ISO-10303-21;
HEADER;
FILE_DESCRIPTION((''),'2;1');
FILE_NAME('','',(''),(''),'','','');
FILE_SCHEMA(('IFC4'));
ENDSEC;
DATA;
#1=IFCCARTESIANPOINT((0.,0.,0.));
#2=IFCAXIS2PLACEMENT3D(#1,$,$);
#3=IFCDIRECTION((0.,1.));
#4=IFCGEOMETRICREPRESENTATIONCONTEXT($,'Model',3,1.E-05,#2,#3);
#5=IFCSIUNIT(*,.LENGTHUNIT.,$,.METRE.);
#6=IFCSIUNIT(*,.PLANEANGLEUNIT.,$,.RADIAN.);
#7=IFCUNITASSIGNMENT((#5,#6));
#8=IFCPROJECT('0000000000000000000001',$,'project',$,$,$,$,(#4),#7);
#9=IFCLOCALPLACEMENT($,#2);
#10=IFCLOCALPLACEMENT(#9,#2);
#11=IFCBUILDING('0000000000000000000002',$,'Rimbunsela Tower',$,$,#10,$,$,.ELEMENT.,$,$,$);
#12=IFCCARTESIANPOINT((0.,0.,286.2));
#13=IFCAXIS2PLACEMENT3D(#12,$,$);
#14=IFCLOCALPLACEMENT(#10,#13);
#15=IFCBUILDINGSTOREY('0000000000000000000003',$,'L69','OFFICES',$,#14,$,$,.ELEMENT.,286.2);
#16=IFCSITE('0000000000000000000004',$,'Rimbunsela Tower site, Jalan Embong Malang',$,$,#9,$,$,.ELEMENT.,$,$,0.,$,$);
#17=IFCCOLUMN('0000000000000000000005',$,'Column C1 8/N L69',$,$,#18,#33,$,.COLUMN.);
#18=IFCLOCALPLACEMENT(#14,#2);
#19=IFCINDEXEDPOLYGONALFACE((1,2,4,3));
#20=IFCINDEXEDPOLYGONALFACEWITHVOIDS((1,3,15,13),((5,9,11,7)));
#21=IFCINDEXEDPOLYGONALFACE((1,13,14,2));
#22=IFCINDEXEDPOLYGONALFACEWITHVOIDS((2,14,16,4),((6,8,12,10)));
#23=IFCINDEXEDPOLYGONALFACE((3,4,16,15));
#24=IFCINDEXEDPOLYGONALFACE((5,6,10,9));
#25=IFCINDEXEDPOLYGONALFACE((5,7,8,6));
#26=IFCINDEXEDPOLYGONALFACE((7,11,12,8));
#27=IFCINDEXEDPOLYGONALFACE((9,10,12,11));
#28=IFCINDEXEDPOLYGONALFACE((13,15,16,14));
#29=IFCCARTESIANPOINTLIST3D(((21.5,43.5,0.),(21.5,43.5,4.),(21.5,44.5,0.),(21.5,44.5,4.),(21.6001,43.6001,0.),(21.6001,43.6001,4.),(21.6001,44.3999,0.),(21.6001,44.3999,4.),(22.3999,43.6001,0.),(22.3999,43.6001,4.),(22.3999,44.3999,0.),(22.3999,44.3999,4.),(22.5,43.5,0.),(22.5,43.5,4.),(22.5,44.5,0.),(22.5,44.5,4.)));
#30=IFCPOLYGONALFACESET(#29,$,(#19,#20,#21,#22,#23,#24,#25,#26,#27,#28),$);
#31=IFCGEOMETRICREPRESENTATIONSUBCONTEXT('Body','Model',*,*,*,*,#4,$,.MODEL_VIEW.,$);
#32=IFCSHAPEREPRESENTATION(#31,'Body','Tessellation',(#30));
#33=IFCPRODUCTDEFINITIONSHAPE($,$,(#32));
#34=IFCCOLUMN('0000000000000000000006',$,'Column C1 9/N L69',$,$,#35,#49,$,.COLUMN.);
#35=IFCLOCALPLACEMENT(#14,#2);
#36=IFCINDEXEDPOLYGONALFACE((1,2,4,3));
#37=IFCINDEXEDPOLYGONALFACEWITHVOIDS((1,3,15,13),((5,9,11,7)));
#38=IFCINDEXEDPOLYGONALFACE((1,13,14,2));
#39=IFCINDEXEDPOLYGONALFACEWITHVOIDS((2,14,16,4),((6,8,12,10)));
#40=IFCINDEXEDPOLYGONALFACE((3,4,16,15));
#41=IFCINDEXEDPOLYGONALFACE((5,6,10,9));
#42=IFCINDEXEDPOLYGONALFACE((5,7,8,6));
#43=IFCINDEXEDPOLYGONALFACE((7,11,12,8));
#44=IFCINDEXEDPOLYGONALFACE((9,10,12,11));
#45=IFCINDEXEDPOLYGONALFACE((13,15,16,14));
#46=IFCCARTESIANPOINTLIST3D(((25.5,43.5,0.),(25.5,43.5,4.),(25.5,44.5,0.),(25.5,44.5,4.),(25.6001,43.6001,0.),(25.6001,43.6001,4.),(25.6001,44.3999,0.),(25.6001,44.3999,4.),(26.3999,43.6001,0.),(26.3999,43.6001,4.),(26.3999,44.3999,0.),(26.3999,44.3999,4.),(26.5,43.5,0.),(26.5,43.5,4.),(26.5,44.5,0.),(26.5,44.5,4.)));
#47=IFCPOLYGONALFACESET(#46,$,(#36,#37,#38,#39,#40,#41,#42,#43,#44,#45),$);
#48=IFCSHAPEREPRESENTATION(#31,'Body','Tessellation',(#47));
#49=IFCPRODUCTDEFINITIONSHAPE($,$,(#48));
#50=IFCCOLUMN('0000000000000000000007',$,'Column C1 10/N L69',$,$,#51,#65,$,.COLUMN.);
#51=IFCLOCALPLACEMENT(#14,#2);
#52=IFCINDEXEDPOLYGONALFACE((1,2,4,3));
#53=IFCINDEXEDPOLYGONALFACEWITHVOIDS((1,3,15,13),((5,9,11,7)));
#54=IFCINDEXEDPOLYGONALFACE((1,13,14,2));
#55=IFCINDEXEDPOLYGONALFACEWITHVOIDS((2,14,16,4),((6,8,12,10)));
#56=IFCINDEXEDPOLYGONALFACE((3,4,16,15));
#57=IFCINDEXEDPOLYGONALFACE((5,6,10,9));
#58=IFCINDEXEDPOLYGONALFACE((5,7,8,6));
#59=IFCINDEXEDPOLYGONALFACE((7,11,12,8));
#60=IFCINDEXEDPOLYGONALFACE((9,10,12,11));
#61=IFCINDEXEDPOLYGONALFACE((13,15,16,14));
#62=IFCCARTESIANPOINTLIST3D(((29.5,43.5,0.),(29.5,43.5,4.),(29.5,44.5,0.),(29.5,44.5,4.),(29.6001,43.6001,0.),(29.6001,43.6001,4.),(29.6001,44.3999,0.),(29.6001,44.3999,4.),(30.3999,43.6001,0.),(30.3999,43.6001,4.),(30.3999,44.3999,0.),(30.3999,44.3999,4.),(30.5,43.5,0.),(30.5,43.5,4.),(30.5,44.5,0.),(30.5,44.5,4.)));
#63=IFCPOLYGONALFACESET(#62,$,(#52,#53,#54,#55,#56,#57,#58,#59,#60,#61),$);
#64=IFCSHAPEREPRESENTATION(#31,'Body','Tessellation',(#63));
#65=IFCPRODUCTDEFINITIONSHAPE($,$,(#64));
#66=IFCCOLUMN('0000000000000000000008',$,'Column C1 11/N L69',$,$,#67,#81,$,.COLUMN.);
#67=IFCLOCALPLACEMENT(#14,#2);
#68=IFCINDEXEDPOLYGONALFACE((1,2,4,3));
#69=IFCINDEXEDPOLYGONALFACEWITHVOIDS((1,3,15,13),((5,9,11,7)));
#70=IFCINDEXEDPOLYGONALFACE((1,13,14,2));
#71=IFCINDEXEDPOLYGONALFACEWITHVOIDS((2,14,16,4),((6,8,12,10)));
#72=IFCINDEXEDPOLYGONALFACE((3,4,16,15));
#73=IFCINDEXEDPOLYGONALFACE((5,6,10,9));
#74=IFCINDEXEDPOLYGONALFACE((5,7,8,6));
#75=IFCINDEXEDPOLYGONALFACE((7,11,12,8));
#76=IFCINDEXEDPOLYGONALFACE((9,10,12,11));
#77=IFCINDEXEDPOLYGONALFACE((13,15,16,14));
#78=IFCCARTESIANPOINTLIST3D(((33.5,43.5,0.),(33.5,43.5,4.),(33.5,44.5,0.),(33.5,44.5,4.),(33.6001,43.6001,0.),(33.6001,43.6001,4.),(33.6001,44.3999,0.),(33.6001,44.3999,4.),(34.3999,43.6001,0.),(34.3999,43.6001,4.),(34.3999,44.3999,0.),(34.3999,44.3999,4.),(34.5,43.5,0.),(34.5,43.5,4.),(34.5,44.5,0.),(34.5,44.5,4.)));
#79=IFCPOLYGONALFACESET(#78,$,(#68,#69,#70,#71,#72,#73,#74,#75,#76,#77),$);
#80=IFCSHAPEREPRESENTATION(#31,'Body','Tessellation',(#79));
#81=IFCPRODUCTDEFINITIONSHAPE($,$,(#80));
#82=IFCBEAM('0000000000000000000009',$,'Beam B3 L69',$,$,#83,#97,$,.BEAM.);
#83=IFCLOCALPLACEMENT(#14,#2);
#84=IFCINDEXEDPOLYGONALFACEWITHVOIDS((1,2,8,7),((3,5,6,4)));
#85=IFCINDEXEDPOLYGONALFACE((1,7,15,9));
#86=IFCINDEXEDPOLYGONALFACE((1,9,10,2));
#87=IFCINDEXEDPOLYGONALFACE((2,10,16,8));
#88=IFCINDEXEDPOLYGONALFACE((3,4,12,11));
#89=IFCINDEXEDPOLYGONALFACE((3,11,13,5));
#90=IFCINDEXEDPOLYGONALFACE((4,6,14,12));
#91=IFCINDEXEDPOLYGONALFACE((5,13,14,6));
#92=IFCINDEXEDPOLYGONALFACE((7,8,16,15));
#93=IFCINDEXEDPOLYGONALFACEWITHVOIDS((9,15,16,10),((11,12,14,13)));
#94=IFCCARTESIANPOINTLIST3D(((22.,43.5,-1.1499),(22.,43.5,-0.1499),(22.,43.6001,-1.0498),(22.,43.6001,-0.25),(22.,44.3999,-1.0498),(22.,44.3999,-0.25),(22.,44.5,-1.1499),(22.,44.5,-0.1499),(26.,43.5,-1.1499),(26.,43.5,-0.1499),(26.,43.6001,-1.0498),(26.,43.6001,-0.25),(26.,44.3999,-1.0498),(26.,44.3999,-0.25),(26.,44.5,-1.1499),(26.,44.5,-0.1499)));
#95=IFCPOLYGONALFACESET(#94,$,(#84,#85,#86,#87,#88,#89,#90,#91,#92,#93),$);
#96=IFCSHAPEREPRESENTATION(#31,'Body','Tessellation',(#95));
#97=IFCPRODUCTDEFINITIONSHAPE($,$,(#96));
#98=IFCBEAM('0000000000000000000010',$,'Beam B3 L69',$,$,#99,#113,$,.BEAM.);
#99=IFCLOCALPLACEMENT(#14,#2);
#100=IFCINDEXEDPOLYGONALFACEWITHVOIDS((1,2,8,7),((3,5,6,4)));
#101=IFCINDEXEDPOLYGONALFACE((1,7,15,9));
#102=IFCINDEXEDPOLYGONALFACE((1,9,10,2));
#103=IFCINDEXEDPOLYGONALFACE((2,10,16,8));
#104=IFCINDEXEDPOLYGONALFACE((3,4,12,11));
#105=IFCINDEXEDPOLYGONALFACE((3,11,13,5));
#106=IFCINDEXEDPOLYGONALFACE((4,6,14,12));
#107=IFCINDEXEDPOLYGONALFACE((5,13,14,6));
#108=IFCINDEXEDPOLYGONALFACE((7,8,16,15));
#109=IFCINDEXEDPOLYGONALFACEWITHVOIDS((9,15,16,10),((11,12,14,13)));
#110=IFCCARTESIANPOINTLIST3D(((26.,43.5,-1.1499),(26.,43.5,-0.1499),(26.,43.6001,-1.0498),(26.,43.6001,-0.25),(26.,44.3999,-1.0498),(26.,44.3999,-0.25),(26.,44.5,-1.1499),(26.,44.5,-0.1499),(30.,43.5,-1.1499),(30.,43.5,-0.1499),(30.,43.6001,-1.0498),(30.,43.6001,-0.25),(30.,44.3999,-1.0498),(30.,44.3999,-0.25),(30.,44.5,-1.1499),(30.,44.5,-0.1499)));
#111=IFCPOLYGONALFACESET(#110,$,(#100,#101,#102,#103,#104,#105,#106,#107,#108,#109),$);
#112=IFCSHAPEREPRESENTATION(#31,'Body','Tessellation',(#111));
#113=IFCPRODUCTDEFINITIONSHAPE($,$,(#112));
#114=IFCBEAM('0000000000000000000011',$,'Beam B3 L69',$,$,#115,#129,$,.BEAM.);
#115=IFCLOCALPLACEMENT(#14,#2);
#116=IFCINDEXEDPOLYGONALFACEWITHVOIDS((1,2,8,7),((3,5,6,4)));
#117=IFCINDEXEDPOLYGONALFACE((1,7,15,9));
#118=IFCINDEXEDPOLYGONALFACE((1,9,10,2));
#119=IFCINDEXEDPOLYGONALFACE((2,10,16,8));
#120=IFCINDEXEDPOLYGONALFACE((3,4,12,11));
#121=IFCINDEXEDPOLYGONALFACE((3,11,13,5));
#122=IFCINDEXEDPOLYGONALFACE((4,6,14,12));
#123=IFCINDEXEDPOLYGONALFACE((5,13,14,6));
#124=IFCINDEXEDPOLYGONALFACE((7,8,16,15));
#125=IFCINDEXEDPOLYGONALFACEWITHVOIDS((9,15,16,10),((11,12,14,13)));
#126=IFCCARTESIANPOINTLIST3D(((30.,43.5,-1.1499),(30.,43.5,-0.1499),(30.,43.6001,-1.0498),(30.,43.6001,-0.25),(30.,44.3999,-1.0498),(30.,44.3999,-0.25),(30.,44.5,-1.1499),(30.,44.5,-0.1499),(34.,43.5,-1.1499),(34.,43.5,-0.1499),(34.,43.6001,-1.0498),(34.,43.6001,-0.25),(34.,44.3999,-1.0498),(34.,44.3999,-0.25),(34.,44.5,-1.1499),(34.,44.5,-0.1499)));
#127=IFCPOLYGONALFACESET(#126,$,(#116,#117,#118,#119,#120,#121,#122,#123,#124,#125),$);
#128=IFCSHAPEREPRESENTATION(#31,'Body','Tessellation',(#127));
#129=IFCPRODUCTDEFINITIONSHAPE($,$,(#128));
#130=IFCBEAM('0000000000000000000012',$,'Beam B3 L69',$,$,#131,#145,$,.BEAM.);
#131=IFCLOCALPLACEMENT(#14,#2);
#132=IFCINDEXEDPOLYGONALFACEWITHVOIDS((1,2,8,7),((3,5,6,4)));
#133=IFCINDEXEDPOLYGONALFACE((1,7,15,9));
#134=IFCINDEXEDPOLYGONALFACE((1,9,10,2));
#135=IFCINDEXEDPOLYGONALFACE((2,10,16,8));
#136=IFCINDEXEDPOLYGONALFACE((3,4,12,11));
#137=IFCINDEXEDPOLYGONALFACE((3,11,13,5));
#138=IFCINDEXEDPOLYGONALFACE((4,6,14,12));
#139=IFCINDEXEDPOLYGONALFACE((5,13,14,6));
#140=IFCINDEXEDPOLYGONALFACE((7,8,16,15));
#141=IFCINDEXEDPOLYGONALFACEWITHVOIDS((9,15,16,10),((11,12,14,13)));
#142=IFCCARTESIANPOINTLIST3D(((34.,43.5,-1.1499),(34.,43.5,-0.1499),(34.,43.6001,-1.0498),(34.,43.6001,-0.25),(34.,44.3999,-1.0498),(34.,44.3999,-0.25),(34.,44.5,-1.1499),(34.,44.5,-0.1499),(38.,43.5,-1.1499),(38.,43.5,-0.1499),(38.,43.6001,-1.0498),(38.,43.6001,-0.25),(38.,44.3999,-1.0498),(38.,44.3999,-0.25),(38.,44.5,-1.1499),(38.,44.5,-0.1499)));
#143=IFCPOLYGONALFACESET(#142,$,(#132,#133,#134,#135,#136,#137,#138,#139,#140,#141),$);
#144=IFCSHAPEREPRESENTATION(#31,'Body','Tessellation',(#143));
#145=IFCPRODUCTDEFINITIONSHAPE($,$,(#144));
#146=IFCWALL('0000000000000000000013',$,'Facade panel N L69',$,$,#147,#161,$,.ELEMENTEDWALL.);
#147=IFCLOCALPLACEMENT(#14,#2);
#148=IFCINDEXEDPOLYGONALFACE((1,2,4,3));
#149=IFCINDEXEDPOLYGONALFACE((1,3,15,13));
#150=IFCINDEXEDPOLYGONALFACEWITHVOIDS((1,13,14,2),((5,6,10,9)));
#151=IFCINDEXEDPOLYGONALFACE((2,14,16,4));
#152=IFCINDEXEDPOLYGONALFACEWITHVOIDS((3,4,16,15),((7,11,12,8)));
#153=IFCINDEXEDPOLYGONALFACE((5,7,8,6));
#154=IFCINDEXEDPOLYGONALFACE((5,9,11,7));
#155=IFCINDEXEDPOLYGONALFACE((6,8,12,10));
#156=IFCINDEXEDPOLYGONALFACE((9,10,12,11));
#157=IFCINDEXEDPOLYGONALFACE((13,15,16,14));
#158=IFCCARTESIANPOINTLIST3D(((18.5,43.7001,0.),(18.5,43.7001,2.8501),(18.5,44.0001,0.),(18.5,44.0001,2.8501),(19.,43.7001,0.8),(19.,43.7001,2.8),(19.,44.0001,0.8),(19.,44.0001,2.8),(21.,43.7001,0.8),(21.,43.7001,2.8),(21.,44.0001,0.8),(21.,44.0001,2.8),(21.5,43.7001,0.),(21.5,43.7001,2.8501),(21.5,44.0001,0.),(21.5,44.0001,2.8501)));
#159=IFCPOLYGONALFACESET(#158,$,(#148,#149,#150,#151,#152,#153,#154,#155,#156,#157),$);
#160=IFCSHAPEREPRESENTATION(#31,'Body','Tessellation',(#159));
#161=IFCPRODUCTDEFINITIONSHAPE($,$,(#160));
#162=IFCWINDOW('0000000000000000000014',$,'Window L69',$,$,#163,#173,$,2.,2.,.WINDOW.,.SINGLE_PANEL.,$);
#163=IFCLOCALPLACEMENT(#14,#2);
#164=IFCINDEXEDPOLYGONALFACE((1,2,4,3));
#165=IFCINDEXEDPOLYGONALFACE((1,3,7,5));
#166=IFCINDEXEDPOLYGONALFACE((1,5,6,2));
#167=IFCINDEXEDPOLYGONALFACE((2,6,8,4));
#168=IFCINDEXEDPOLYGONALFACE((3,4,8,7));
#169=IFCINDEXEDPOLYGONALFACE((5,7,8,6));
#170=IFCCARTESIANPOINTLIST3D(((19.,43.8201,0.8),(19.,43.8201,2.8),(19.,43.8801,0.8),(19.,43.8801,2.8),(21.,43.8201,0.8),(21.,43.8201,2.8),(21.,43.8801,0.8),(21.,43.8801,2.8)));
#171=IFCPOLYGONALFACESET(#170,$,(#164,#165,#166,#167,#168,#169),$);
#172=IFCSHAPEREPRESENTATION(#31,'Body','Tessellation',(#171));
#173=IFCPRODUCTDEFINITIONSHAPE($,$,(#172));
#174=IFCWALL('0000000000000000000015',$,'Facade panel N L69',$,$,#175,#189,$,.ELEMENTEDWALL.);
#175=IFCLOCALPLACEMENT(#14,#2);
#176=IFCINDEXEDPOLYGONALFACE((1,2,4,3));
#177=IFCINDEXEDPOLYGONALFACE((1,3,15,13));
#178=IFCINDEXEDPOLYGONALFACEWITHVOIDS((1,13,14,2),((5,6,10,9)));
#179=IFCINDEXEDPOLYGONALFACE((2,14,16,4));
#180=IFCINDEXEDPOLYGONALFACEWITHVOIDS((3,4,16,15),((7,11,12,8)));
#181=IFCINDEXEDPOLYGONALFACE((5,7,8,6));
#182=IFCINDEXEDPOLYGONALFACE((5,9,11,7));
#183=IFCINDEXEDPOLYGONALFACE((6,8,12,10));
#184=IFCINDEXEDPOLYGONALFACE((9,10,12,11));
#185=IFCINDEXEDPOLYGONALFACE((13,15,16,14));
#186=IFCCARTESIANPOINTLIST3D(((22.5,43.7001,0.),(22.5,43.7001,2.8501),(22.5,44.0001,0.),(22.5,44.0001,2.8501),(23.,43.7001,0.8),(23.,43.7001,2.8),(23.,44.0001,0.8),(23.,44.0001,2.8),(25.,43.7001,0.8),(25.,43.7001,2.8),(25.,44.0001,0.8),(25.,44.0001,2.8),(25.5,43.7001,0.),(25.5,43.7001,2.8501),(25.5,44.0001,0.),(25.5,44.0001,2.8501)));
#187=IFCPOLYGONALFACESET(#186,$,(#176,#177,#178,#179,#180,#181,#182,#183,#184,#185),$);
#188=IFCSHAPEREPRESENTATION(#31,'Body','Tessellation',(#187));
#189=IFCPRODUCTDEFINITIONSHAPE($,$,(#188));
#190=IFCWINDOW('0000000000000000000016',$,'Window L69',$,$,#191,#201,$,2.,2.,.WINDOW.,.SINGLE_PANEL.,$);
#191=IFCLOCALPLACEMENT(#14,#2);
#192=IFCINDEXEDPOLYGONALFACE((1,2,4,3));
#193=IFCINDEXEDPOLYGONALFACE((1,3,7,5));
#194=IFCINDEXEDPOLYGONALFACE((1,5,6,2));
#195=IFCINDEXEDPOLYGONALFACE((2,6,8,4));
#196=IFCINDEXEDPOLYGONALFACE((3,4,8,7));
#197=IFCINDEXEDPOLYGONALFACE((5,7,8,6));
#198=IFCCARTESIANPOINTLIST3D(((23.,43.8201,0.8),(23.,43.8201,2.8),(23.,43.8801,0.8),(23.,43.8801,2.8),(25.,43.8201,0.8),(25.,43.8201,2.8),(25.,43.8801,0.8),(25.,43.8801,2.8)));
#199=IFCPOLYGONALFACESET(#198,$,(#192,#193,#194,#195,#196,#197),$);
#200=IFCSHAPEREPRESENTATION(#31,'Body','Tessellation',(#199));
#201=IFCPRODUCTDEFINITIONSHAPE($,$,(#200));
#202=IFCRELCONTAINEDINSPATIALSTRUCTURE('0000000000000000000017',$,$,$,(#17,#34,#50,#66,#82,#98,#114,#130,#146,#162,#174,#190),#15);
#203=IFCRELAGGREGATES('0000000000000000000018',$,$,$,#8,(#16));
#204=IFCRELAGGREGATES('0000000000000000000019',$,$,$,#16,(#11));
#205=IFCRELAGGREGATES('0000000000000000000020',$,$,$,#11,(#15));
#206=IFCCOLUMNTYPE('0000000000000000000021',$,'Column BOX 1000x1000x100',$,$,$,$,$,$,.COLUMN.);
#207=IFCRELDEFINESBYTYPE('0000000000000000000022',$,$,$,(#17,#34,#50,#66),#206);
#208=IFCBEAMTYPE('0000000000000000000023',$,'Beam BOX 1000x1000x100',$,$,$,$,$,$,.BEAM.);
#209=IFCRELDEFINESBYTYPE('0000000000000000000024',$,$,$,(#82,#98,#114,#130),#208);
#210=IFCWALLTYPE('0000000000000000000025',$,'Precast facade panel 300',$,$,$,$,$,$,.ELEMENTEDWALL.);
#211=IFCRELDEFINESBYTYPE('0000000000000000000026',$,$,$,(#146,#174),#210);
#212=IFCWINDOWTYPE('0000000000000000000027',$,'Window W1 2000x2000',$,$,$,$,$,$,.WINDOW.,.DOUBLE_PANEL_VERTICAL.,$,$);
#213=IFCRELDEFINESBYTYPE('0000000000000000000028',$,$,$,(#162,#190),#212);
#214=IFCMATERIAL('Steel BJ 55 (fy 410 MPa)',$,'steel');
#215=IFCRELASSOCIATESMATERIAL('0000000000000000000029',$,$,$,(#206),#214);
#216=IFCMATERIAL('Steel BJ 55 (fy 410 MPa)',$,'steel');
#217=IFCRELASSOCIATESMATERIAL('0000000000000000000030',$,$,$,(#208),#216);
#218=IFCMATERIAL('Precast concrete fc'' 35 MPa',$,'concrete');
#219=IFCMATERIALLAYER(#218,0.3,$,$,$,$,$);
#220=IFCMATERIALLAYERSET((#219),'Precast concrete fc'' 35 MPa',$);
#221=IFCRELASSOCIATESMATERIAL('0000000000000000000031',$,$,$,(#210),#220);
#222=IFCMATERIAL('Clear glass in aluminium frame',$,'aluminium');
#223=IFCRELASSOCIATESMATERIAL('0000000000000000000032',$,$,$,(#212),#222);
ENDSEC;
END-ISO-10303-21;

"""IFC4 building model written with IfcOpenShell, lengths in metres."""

from ifc_helpers import new_model, si_unit, direction, frame, frame_2d, origin, origin_2d, place, context, subcontext, project, spatial, rectangle, hollow_rectangle, extrude, material, layer, layer_set, material_profile, profile_set, type_object, element, fill, save


model = new_model("IFC4")

# Units and contexts
model_context = context("Model", 3, precision=1e-05, world=origin(), true_north=direction((0.0, 1.0)))
body_context = subcontext(model_context, "Body", "Model", "MODEL_VIEW")
ifc_project = project(units=[si_unit("LENGTHUNIT", "METRE"), si_unit("PLANEANGLEUNIT", "RADIAN")], contexts=[model_context])

# Site, building, storey
site_placement = place(None, origin())
site = spatial("IfcSite", under=ifc_project, at=site_placement, Name="Rimbunsela Tower site, Jalan Embong Malang", CompositionType="ELEMENT", RefElevation=0.0)
building_placement = place(site_placement, origin())
building = spatial("IfcBuilding", under=site, at=building_placement, Name="Rimbunsela Tower", CompositionType="ELEMENT")
storey_placement = place(building_placement, frame((0.0, 0.0, 286.2)))
storey = spatial("IfcBuildingStorey", under=building, at=storey_placement, Name="L69", Description="OFFICES", CompositionType="ELEMENT", Elevation=286.2)

# Columns
ifc_material_1 = material(Name="Steel BJ 55 (fy 410 MPa)", Category="steel")
ifc_material_profile_1 = material_profile(ifc_material_1, hollow_rectangle(XDim=1.0, YDim=1.0, WallThickness=0.1001, at=origin_2d()), Name="BOX 1000x1000x100")
ifc_profile_set_1 = profile_set([ifc_material_profile_1], Name="Steel BJ 55 (fy 410 MPa)")
column_type = type_object("IfcColumnType", Name="Column BOX 1000x1000x100", PredefinedType="COLUMN", material=ifc_profile_set_1)
for number, where, z_axis, x_axis, name in (
    (1, (22.0, 44.0, 0.0), (0.0, 0.0, 1.0), (1.0, 0.0, 0.0), "Column C1 8/N L69"),
    (2, (26.0, 44.0, 0.0), (0.0, 0.0, 1.0), (1.0, 0.0, 0.0), "Column C1 9/N L69"),
    (3, (30.0, 44.0, 0.0), (0.0, 0.0, 1.0), (1.0, 0.0, 0.0), "Column C1 10/N L69"),
    (4, (34.0, 44.0, 0.0), (0.0, 0.0, 1.0), (1.0, 0.0, 0.0), "Column C1 11/N L69"),
):
    element("IfcColumn", number, at=place(storey_placement, frame(where, z_axis=z_axis, x_axis=x_axis)), inside=storey, type_object=column_type, Name=name, PredefinedType="COLUMN", context=body_context, shape_type="SweptSolid", body=[
        extrude(hollow_rectangle(XDim=1.0, YDim=1.0, WallThickness=0.1001, at=origin_2d()), origin(), (0.0, 0.0, 1.0), 4.0),
    ])

# Beams
ifc_material_2 = material(Name="Steel BJ 55 (fy 410 MPa)", Category="steel")
ifc_material_profile_2 = material_profile(ifc_material_2, hollow_rectangle(XDim=1.0, YDim=1.0, WallThickness=0.1001, at=origin_2d()), Name="BOX 1000x1000x100")
ifc_profile_set_2 = profile_set([ifc_material_profile_2], Name="Steel BJ 55 (fy 410 MPa)")
beam_type = type_object("IfcBeamType", Name="Beam BOX 1000x1000x100", PredefinedType="BEAM", material=ifc_profile_set_2)
for number, where, z_axis, x_axis, name in (
    (5, (22.0, 44.0, -0.6499), (1.0, 0.0, 0.0), (0.0, 1.0, 0.0), "Beam B3 L69"),
    (6, (26.0, 44.0, -0.6499), (1.0, 0.0, 0.0), (0.0, 1.0, 0.0), "Beam B3 L69"),
    (7, (30.0, 44.0, -0.6499), (1.0, 0.0, 0.0), (0.0, 1.0, 0.0), "Beam B3 L69"),
    (8, (34.0, 44.0, -0.6499), (1.0, 0.0, 0.0), (0.0, 1.0, 0.0), "Beam B3 L69"),
):
    element("IfcBeam", number, at=place(storey_placement, frame(where, z_axis=z_axis, x_axis=x_axis)), inside=storey, type_object=beam_type, Name=name, PredefinedType="BEAM", context=body_context, shape_type="SweptSolid", body=[
        extrude(hollow_rectangle(XDim=1.0, YDim=1.0, WallThickness=0.1001, at=origin_2d()), origin(), (0.0, 0.0, 1.0), 4.0),
    ])

# Walls, openings, windows
ifc_material_3 = material(Name="Precast concrete fc' 35 MPa", Category="concrete")
ifc_layer_1 = layer(ifc_material_3, 0.3)
ifc_layer_set_1 = layer_set([ifc_layer_1], Name="Precast concrete fc' 35 MPa")
wall_type_1 = type_object("IfcWallType", Name="Precast facade panel 300", PredefinedType="ELEMENTEDWALL", material=ifc_layer_set_1)
wall_1_placement = place(storey_placement, frame((21.5, 43.8501, 0.0), z_axis=(0.0, 0.0, 1.0), x_axis=(-1.0, 0.0, 0.0)))
wall_1 = element("IfcWall", 9, at=wall_1_placement, inside=storey, type_object=wall_type_1, Name="Facade panel N L69", PredefinedType="ELEMENTEDWALL", context=body_context, shape_type="SweptSolid", body=[
    extrude(rectangle(XDim=3.0, YDim=0.3, at=frame_2d((1.5, 0.0))), origin(), (0.0, 0.0, 1.0), 2.8501),
])
opening_1_placement = place(wall_1_placement, frame((0.5, 0.0, 0.8)))
opening_1 = element("IfcOpeningElement", 10, at=opening_1_placement, cuts=wall_1, PredefinedType="OPENING", context=body_context, shape_type="SweptSolid", body=[
    extrude(rectangle(XDim=2.0, YDim=2.0, at=frame_2d((1.0, 1.0))), frame((0.0, 0.1599, 0.0), z_axis=(0.0, -1.0, 0.0), x_axis=(1.0, 0.0, 0.0)), (0.0, 0.0, 1.0), 0.3201),
])
ifc_material_4 = material(Name="Clear glass in aluminium frame", Category="aluminium")
window_type_1 = type_object("IfcWindowType", Name="Window W1 2000x2000", PartitioningType="DOUBLE_PANEL_VERTICAL", PredefinedType="WINDOW", material=ifc_material_4)
window_1_placement = place(opening_1_placement, origin())
window_1 = element("IfcWindow", 11, at=window_1_placement, inside=storey, type_object=window_type_1, Name="Window L69", OverallHeight=2.0, OverallWidth=2.0, PartitioningType="SINGLE_PANEL", PredefinedType="WINDOW", context=body_context, shape_type="SweptSolid", body=[
    extrude(rectangle(XDim=2.0, YDim=2.0, at=frame_2d((1.0, 1.0))), frame((0.0, 0.03, 0.0), z_axis=(0.0, -1.0, 0.0), x_axis=(1.0, 0.0, 0.0)), (0.0, 0.0, 1.0), 0.0601),
])
fill(opening_1, window_1)
wall_2_placement = place(storey_placement, frame((25.5, 43.8501, 0.0), z_axis=(0.0, 0.0, 1.0), x_axis=(-1.0, 0.0, 0.0)))
wall_2 = element("IfcWall", 12, at=wall_2_placement, inside=storey, type_object=wall_type_1, Name="Facade panel N L69", PredefinedType="ELEMENTEDWALL", context=body_context, shape_type="SweptSolid", body=[
    extrude(rectangle(XDim=3.0, YDim=0.3, at=frame_2d((1.5, 0.0))), origin(), (0.0, 0.0, 1.0), 2.8501),
])
opening_2_placement = place(wall_2_placement, frame((0.5, 0.0, 0.8)))
opening_2 = element("IfcOpeningElement", 13, at=opening_2_placement, cuts=wall_2, PredefinedType="OPENING", context=body_context, shape_type="SweptSolid", body=[
    extrude(rectangle(XDim=2.0, YDim=2.0, at=frame_2d((1.0, 1.0))), frame((0.0, 0.1599, 0.0), z_axis=(0.0, -1.0, 0.0), x_axis=(1.0, 0.0, 0.0)), (0.0, 0.0, 1.0), 0.3201),
])
window_2_placement = place(opening_2_placement, origin())
window_2 = element("IfcWindow", 14, at=window_2_placement, inside=storey, type_object=window_type_1, Name="Window L69", OverallHeight=2.0, OverallWidth=2.0, PartitioningType="SINGLE_PANEL", PredefinedType="WINDOW", context=body_context, shape_type="SweptSolid", body=[
    extrude(rectangle(XDim=2.0, YDim=2.0, at=frame_2d((1.0, 1.0))), frame((0.0, 0.03, 0.0), z_axis=(0.0, -1.0, 0.0), x_axis=(1.0, 0.0, 0.0)), (0.0, 0.0, 1.0), 0.0601),
])
fill(opening_2, window_2)

save(model, "model.ifc")
